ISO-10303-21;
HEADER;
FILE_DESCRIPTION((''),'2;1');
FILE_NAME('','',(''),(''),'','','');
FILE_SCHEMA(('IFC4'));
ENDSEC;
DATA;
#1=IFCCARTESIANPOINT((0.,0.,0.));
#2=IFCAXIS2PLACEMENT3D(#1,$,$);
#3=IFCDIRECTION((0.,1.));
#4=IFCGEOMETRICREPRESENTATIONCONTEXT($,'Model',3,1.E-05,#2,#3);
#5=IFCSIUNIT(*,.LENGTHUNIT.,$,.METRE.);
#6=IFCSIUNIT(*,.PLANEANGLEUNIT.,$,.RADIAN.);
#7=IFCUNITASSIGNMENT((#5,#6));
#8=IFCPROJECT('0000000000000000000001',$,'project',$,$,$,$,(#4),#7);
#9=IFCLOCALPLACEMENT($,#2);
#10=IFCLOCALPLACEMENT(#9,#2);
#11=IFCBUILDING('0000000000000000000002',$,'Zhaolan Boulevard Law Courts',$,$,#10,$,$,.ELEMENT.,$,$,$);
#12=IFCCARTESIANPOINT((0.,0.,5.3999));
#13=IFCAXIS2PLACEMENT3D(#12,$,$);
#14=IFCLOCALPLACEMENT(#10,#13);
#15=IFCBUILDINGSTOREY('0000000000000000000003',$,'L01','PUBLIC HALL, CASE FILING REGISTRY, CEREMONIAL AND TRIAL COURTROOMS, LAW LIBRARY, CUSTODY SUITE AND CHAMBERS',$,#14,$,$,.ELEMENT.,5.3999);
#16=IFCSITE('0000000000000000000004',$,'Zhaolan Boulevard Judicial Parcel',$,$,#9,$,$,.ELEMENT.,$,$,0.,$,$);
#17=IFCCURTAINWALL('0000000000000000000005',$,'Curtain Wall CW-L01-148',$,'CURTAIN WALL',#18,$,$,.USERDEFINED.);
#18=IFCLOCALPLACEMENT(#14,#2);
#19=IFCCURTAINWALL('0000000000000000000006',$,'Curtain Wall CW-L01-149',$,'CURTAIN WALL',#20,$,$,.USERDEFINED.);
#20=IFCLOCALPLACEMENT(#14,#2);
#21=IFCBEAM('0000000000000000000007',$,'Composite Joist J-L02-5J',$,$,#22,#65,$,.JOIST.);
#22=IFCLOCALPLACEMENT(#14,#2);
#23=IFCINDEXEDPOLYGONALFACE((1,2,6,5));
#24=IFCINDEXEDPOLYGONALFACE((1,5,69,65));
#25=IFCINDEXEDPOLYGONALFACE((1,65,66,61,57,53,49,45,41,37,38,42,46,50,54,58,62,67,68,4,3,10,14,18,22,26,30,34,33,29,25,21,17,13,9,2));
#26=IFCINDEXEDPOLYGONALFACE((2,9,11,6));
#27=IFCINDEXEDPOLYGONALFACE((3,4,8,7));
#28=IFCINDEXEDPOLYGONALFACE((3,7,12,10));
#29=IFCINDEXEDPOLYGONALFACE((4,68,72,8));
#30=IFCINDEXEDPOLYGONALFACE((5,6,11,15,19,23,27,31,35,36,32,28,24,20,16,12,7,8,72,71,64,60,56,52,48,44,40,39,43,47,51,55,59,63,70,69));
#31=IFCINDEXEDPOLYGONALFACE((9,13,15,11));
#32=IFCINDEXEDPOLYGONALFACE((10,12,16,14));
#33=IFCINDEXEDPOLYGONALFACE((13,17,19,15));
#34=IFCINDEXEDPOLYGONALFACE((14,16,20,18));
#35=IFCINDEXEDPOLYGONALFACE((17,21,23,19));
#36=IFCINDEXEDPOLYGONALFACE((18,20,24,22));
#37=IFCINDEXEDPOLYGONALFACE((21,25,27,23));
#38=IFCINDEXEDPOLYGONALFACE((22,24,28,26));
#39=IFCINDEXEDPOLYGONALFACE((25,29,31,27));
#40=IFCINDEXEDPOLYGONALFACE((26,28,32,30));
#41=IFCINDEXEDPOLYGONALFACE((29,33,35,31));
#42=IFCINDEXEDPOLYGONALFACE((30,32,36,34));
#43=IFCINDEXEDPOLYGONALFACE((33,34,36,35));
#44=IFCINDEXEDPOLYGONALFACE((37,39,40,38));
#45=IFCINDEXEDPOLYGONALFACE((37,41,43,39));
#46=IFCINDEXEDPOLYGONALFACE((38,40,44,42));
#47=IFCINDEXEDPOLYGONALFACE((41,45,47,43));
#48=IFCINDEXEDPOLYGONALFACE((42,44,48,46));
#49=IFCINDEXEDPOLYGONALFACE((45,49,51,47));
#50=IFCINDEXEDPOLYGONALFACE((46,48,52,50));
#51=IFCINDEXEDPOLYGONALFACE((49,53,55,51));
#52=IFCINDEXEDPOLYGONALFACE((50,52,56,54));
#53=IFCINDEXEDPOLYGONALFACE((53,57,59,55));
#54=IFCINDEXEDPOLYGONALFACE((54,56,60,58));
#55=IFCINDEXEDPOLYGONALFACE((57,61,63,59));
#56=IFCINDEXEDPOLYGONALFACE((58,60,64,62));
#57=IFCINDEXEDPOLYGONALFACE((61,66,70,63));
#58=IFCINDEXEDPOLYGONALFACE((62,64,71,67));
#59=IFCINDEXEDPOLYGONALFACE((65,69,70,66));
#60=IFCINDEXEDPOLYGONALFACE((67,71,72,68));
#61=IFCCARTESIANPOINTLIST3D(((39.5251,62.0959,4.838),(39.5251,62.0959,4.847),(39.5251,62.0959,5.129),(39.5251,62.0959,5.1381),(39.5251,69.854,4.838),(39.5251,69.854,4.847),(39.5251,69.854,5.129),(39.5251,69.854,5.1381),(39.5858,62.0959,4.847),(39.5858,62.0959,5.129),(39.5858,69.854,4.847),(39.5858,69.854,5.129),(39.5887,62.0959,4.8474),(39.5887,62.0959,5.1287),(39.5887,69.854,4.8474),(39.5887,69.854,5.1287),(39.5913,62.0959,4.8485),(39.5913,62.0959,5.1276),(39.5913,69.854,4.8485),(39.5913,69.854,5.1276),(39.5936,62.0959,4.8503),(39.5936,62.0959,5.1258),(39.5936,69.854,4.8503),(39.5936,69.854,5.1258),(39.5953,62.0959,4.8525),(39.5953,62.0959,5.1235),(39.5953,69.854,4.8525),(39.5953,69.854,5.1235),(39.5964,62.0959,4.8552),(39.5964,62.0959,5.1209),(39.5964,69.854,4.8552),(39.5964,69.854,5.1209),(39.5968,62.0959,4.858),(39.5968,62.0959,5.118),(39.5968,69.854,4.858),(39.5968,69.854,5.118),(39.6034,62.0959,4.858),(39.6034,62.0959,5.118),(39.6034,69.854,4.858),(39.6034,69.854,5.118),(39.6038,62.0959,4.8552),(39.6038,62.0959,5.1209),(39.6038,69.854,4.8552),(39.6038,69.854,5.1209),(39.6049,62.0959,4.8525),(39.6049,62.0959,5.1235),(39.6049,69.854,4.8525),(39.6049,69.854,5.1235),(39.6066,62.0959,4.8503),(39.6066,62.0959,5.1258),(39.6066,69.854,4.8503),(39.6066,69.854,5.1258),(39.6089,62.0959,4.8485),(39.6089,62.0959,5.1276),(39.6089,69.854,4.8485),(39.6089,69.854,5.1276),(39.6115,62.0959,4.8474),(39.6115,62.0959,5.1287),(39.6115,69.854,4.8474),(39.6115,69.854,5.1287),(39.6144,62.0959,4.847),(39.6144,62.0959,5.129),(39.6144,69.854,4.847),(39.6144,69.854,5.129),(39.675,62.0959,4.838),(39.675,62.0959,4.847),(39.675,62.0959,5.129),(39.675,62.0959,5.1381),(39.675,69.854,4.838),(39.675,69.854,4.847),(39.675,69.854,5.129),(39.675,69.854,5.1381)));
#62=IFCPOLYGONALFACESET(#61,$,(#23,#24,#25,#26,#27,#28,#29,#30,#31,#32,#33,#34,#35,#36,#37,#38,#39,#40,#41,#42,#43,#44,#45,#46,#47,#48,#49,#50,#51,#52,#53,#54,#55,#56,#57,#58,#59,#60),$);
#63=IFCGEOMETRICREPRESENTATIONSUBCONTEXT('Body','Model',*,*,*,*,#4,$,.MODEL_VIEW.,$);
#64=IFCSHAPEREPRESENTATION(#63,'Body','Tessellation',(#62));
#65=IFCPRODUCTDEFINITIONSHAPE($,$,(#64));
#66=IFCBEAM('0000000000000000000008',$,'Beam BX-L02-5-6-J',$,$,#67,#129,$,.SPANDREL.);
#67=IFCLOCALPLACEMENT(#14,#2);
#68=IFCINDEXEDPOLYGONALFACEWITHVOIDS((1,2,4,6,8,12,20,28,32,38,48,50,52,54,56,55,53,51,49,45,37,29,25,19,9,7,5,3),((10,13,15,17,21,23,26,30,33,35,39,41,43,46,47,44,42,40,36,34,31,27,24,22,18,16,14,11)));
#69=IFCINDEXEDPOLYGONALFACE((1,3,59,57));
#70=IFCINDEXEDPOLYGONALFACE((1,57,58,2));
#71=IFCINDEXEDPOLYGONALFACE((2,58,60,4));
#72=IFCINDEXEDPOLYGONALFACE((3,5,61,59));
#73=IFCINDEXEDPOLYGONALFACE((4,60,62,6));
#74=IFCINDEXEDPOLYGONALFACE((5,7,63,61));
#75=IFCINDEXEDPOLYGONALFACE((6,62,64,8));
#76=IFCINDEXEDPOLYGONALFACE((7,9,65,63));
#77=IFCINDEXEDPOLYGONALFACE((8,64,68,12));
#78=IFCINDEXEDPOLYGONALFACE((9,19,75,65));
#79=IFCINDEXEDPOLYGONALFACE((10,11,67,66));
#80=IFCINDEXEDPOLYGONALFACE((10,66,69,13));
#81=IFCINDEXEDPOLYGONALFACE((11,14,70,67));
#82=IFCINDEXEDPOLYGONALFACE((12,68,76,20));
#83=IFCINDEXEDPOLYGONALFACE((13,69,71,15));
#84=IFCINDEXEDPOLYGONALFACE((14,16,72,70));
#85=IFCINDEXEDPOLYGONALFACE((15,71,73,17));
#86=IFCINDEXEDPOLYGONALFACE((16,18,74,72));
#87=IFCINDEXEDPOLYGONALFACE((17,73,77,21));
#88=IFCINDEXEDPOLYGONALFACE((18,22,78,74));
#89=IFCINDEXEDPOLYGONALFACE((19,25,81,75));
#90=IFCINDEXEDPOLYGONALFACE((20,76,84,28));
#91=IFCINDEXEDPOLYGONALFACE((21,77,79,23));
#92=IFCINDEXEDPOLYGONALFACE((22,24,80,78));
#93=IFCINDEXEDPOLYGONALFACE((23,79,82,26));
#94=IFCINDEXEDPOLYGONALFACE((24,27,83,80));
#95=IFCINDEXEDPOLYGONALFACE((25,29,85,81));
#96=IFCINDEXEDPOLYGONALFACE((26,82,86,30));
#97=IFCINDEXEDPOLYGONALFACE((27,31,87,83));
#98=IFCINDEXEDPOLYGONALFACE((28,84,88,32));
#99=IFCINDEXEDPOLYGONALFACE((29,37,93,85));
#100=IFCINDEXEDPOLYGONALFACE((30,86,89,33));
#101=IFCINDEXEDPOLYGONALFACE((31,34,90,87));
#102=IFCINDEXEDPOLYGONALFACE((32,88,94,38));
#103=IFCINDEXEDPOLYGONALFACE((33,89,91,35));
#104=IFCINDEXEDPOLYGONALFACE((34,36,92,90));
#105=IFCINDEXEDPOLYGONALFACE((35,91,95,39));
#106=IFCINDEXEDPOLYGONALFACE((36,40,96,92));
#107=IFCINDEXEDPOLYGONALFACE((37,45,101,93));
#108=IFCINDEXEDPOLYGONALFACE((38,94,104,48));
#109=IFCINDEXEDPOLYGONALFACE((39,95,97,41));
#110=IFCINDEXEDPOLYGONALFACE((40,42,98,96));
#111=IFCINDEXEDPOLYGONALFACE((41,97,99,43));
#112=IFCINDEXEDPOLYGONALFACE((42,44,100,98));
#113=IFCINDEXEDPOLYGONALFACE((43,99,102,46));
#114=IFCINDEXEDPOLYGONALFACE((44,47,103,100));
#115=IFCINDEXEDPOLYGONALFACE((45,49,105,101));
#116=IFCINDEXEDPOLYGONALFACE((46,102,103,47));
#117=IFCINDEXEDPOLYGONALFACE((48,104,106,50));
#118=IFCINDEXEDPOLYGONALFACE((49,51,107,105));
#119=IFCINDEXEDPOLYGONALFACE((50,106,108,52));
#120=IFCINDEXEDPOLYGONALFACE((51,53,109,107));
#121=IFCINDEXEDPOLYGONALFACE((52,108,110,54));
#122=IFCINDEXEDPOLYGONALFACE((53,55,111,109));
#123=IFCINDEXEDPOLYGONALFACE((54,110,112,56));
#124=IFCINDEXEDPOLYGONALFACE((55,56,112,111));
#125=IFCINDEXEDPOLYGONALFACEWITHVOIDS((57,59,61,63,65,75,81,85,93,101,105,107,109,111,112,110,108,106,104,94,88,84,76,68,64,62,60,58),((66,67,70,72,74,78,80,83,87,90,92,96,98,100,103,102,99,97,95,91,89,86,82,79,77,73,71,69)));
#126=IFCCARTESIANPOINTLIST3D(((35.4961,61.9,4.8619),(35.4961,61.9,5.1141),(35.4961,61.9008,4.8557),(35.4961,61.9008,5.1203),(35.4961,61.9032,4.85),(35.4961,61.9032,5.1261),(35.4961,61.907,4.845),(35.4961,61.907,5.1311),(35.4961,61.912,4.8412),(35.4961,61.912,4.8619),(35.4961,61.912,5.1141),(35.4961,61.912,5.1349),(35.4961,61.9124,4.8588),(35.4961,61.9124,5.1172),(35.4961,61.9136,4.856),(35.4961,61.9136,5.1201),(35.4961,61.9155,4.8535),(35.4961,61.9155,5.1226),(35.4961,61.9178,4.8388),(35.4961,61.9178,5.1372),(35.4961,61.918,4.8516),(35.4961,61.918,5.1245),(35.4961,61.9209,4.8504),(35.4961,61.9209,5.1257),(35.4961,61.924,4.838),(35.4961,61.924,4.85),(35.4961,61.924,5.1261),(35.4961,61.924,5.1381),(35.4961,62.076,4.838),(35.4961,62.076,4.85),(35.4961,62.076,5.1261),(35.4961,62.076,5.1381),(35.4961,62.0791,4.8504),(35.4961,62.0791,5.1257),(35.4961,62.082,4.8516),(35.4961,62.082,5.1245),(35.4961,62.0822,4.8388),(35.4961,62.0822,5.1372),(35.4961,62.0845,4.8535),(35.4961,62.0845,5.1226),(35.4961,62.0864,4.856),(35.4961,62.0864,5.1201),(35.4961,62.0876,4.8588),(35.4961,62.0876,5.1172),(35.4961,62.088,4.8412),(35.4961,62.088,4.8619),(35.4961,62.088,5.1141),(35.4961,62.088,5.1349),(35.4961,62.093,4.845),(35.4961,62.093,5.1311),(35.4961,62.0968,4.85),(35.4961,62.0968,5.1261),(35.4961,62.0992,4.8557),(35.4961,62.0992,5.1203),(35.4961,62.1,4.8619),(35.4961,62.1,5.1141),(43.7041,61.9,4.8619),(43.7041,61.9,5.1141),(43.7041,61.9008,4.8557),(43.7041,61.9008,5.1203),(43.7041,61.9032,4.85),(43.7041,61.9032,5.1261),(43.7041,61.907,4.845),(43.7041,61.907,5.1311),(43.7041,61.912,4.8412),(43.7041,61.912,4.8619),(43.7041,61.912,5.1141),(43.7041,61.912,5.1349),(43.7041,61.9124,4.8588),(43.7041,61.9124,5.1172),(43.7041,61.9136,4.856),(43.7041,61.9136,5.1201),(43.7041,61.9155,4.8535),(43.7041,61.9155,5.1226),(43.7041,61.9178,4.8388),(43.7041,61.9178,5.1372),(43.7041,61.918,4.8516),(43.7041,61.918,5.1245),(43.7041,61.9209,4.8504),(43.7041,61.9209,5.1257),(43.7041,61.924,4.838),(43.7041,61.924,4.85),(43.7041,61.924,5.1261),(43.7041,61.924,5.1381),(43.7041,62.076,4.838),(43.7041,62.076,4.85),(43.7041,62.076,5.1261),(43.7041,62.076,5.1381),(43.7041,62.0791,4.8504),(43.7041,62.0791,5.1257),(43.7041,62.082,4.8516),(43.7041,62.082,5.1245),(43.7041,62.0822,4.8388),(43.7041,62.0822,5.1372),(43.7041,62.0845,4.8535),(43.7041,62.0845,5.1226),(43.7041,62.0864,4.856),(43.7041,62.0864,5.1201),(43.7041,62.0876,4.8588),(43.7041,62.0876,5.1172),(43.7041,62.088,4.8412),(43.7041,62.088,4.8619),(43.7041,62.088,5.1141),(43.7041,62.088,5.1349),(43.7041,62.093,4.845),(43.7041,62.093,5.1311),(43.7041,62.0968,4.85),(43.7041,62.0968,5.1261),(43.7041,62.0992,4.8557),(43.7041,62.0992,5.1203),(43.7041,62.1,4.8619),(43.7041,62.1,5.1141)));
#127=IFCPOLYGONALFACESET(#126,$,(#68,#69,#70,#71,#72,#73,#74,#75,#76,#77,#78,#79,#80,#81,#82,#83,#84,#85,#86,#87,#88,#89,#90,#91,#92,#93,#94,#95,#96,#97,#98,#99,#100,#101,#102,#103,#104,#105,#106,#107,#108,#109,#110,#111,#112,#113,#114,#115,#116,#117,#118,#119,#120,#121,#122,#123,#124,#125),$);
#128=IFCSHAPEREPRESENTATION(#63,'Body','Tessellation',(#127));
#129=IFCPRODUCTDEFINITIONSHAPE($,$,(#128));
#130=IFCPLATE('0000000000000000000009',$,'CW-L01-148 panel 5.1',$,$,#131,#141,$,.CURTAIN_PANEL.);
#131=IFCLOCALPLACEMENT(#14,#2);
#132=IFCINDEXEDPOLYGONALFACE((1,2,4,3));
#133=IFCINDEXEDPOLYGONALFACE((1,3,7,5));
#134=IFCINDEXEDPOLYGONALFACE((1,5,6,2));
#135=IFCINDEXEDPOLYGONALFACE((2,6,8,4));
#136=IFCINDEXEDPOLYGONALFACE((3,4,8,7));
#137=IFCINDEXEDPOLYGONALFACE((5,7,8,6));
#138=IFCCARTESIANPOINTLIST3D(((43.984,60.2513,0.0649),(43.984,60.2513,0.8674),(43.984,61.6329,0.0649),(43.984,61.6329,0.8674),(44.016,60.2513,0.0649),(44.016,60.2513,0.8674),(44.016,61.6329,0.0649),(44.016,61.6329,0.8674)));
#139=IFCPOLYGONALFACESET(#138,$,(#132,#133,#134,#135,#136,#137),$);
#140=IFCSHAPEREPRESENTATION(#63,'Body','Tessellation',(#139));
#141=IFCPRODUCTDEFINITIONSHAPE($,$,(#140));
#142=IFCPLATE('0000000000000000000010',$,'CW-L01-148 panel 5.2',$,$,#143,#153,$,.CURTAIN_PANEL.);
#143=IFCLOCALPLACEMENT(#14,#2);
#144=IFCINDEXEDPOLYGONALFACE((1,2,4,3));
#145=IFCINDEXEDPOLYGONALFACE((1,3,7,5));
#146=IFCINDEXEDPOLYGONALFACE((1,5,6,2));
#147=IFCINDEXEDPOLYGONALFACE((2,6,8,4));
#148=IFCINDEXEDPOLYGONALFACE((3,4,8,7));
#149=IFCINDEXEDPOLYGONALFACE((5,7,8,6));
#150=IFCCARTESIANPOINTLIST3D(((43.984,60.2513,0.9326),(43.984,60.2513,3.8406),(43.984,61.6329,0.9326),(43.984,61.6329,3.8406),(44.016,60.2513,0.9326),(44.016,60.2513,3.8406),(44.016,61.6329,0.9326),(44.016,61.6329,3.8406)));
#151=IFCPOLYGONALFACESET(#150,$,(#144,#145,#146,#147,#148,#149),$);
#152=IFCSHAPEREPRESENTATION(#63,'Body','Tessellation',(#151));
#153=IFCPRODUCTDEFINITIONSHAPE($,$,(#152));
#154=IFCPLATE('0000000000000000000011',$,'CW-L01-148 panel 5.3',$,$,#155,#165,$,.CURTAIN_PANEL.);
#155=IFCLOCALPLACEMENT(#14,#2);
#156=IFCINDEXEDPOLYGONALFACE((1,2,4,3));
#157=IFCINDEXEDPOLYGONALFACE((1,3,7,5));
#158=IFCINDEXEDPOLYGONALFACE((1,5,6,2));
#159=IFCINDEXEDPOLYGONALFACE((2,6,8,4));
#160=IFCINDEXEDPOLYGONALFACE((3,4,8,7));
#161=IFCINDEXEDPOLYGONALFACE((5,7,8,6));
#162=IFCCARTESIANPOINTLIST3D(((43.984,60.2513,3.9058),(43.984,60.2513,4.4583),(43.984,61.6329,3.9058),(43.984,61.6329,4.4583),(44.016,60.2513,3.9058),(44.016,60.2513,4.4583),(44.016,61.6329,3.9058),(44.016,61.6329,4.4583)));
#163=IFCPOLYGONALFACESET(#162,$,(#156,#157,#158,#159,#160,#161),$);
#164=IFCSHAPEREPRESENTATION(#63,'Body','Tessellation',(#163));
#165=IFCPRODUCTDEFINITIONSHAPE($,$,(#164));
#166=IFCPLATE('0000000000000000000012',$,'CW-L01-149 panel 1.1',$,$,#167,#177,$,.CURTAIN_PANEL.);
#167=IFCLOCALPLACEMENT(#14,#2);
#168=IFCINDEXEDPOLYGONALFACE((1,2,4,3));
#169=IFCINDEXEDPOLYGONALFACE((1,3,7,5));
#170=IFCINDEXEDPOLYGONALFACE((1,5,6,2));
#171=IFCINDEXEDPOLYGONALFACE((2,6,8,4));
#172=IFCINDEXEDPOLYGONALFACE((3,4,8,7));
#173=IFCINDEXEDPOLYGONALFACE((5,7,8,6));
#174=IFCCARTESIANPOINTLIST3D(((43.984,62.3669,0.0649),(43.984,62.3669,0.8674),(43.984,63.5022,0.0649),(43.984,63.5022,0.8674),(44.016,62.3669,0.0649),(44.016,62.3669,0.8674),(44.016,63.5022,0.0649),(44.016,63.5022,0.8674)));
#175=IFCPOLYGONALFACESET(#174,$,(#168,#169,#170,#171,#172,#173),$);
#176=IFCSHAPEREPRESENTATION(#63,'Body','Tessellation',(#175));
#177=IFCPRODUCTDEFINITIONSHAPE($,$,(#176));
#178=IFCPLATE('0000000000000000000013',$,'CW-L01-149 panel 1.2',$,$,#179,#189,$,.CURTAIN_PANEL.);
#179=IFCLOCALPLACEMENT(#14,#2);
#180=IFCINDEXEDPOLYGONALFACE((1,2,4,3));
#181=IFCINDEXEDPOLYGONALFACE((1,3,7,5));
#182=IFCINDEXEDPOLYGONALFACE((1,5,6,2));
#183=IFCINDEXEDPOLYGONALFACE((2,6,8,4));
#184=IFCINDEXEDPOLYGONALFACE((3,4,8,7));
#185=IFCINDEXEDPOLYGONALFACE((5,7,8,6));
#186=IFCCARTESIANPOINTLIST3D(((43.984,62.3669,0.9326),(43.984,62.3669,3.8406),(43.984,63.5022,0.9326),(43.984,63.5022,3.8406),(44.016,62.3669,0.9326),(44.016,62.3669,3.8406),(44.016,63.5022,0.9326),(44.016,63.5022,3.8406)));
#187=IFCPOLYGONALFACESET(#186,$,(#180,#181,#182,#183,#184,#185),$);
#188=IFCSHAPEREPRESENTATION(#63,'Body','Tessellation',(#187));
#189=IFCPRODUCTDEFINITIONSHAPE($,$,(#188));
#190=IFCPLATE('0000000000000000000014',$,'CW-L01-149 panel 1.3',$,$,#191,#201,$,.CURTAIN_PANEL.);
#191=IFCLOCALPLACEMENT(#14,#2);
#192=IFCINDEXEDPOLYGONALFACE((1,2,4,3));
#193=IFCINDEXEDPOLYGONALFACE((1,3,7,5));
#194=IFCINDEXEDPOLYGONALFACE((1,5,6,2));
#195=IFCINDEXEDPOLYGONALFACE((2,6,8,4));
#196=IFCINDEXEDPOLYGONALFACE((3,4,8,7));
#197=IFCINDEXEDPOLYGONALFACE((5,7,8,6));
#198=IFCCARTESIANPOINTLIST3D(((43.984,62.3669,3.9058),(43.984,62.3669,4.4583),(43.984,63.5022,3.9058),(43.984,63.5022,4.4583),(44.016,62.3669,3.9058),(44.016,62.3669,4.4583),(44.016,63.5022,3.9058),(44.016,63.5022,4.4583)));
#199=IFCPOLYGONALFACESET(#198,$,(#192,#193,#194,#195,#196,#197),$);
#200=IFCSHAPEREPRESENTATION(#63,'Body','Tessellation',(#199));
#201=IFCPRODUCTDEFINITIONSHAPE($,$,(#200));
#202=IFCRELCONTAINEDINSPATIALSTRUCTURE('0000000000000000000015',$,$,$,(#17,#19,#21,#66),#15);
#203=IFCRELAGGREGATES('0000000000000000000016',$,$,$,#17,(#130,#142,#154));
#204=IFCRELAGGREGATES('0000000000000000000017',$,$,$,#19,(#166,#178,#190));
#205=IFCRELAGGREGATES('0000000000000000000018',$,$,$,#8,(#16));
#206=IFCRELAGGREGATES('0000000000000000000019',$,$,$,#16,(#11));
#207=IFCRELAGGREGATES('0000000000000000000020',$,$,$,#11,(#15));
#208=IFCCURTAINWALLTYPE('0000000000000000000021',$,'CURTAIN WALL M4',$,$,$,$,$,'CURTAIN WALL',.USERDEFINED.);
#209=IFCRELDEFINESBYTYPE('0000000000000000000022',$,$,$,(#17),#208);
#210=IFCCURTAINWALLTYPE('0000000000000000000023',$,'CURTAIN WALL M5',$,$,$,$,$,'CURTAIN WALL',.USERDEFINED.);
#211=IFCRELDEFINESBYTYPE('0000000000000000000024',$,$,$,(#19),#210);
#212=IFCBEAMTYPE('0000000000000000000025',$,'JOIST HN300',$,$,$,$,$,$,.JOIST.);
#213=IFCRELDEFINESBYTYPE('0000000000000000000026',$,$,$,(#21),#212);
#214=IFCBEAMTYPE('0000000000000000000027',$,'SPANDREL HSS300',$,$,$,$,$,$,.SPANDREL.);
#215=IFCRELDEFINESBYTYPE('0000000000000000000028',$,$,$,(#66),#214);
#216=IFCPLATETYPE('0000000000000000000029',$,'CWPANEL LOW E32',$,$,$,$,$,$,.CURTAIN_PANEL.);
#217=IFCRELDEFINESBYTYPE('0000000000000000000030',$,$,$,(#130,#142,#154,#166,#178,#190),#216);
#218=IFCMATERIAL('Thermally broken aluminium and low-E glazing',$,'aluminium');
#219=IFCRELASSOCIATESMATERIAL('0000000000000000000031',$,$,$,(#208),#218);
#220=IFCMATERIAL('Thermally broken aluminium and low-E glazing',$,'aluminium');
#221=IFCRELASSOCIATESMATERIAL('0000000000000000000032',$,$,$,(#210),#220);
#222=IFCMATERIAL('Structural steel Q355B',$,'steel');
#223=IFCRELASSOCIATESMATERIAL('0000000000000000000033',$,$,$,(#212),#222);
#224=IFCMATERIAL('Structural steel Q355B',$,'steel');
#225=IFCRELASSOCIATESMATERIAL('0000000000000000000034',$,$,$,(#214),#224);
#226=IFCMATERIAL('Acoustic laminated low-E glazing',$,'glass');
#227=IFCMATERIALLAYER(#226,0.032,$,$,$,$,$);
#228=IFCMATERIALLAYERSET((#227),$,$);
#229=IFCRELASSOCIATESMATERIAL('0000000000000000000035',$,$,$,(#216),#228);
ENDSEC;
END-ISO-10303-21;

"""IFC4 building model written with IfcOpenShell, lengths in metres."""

from ifc_helpers import new_model, si_unit, direction, frame, origin, origin_2d, place, context, subcontext, project, spatial, rectangle, hollow_rectangle, i_section, extrude, material, layer, layer_set, material_profile, profile_set, type_object, element, aggregate, save


model = new_model("IFC4")

# Units and contexts
model_context = context("Model", 3, precision=1e-05, world=origin(), true_north=direction((0.0, 1.0)))
body_context = subcontext(model_context, "Body", "Model", "MODEL_VIEW")
ifc_project = project(units=[si_unit("LENGTHUNIT", "METRE"), si_unit("PLANEANGLEUNIT", "RADIAN")], contexts=[model_context])

# Site, building, storey
site_placement = place(None, origin())
site = spatial("IfcSite", under=ifc_project, at=site_placement, Name="Zhaolan Boulevard Judicial Parcel", CompositionType="ELEMENT", RefElevation=0.0)
building_placement = place(site_placement, origin())
building = spatial("IfcBuilding", under=site, at=building_placement, Name="Zhaolan Boulevard Law Courts", CompositionType="ELEMENT")
storey_placement = place(building_placement, frame((0.0, 0.0, 5.3999)))
storey = spatial("IfcBuildingStorey", under=building, at=storey_placement, Name="L01", Description="PUBLIC HALL, CASE FILING REGISTRY, CEREMONIAL AND TRIAL COURTROOMS, LAW LIBRARY, CUSTODY SUITE AND CHAMBERS", CompositionType="ELEMENT", Elevation=5.3999)

# Curtain wall
ifc_material_1 = material(Name="Thermally broken aluminium and low-E glazing", Category="aluminium")
curtain_wall_type_1 = type_object("IfcCurtainWallType", Name="CURTAIN WALL M4", ElementType="CURTAIN WALL", PredefinedType="USERDEFINED", material=ifc_material_1)
curtain_wall_1_placement = place(storey_placement, origin())
curtain_wall_1 = element("IfcCurtainWall", 1, at=curtain_wall_1_placement, inside=storey, type_object=curtain_wall_type_1, Name="Curtain Wall CW-L01-148", ObjectType="CURTAIN WALL", PredefinedType="USERDEFINED")

# Curtain wall
ifc_material_2 = material(Name="Thermally broken aluminium and low-E glazing", Category="aluminium")
curtain_wall_type_2 = type_object("IfcCurtainWallType", Name="CURTAIN WALL M5", ElementType="CURTAIN WALL", PredefinedType="USERDEFINED", material=ifc_material_2)
curtain_wall_2_placement = place(storey_placement, origin())
curtain_wall_2 = element("IfcCurtainWall", 2, at=curtain_wall_2_placement, inside=storey, type_object=curtain_wall_type_2, Name="Curtain Wall CW-L01-149", ObjectType="CURTAIN WALL", PredefinedType="USERDEFINED")

# Beams
ifc_material_3 = material(Name="Structural steel Q355B", Category="steel")
ifc_material_profile_1 = material_profile(ifc_material_3, i_section(OverallWidth=0.1499, OverallDepth=0.3, WebThickness=0.0066, FlangeThickness=0.009, FilletRadius=0.011, at=origin_2d()), Name="HN300x150")
ifc_profile_set_1 = profile_set([ifc_material_profile_1], Name="Structural steel Q355B")
beam_type_1 = type_object("IfcBeamType", Name="JOIST HN300", PredefinedType="JOIST", material=ifc_profile_set_1)
beam_1_placement = place(storey_placement, frame((39.6001, 62.0959, 4.988), z_axis=(0.0, 1.0, 0.0), x_axis=(-1.0, 0.0, 0.0)))
element("IfcBeam", 3, at=beam_1_placement, inside=storey, type_object=beam_type_1, Name="Composite Joist J-L02-5J", PredefinedType="JOIST", context=body_context, shape_type="SweptSolid", body=[
    extrude(i_section(OverallWidth=0.1499, OverallDepth=0.3, WebThickness=0.0066, FlangeThickness=0.009, FilletRadius=0.011, at=origin_2d()), origin(), (0.0, 0.0, 1.0), 7.7581),
])
ifc_material_4 = material(Name="Structural steel Q355B", Category="steel")
ifc_material_profile_2 = material_profile(ifc_material_4, hollow_rectangle(XDim=0.2, YDim=0.3, WallThickness=0.012, InnerFilletRadius=0.012, OuterFilletRadius=0.0239, at=origin_2d()), Name="HSS300x200x12")
ifc_profile_set_2 = profile_set([ifc_material_profile_2], Name="Structural steel Q355B")
beam_type_2 = type_object("IfcBeamType", Name="SPANDREL HSS300", PredefinedType="SPANDREL", material=ifc_profile_set_2)
beam_2_placement = place(storey_placement, frame((35.4961, 62.0, 4.988), z_axis=(1.0, 0.0, 0.0), x_axis=(0.0, 1.0, 0.0)))
element("IfcBeam", 4, at=beam_2_placement, inside=storey, type_object=beam_type_2, Name="Beam BX-L02-5-6-J", PredefinedType="SPANDREL", context=body_context, shape_type="SweptSolid", body=[
    extrude(hollow_rectangle(XDim=0.2, YDim=0.3, WallThickness=0.012, InnerFilletRadius=0.012, OuterFilletRadius=0.0239, at=origin_2d()), origin(), (0.0, 0.0, 1.0), 8.208),
])

# Plates
ifc_material_5 = material(Name="Acoustic laminated low-E glazing", Category="glass")
ifc_layer_1 = layer(ifc_material_5, 0.032)
ifc_layer_set_1 = layer_set([ifc_layer_1])
plate_type_1 = type_object("IfcPlateType", Name="CWPANEL LOW E32", PredefinedType="CURTAIN_PANEL", material=ifc_layer_set_1)
plate_1_placement = place(storey_placement, frame((44.0, 60.9421, 0.0649), z_axis=(0.0, 0.0, 1.0), x_axis=(0.0, 1.0, 0.0)))
plate_1 = element("IfcPlate", 5, at=plate_1_placement, type_object=plate_type_1, Name="CW-L01-148 panel 5.1", PredefinedType="CURTAIN_PANEL", context=body_context, shape_type="SweptSolid", body=[
    extrude(rectangle(XDim=1.3816, YDim=0.032, at=origin_2d()), origin(), (0.0, 0.0, 1.0), 0.8025),
])
plate_2_placement = place(storey_placement, frame((44.0, 60.9421, 0.9326), z_axis=(0.0, 0.0, 1.0), x_axis=(0.0, 1.0, 0.0)))
plate_2 = element("IfcPlate", 6, at=plate_2_placement, type_object=plate_type_1, Name="CW-L01-148 panel 5.2", PredefinedType="CURTAIN_PANEL", context=body_context, shape_type="SweptSolid", body=[
    extrude(rectangle(XDim=1.3816, YDim=0.032, at=origin_2d()), origin(), (0.0, 0.0, 1.0), 2.908),
])
plate_3_placement = place(storey_placement, frame((44.0, 60.9421, 3.9058), z_axis=(0.0, 0.0, 1.0), x_axis=(0.0, 1.0, 0.0)))
plate_3 = element("IfcPlate", 7, at=plate_3_placement, type_object=plate_type_1, Name="CW-L01-148 panel 5.3", PredefinedType="CURTAIN_PANEL", context=body_context, shape_type="SweptSolid", body=[
    extrude(rectangle(XDim=1.3816, YDim=0.032, at=origin_2d()), origin(), (0.0, 0.0, 1.0), 0.5525),
])
aggregate(curtain_wall_1, [plate_1, plate_2, plate_3])
plate_4_placement = place(storey_placement, frame((44.0, 62.9346, 0.0649), z_axis=(0.0, 0.0, 1.0), x_axis=(0.0, 1.0, 0.0)))
plate_4 = element("IfcPlate", 8, at=plate_4_placement, type_object=plate_type_1, Name="CW-L01-149 panel 1.1", PredefinedType="CURTAIN_PANEL", context=body_context, shape_type="SweptSolid", body=[
    extrude(rectangle(XDim=1.1353, YDim=0.032, at=origin_2d()), origin(), (0.0, 0.0, 1.0), 0.8025),
])
plate_5_placement = place(storey_placement, frame((44.0, 62.9346, 0.9326), z_axis=(0.0, 0.0, 1.0), x_axis=(0.0, 1.0, 0.0)))
plate_5 = element("IfcPlate", 9, at=plate_5_placement, type_object=plate_type_1, Name="CW-L01-149 panel 1.2", PredefinedType="CURTAIN_PANEL", context=body_context, shape_type="SweptSolid", body=[
    extrude(rectangle(XDim=1.1353, YDim=0.032, at=origin_2d()), origin(), (0.0, 0.0, 1.0), 2.908),
])
plate_6_placement = place(storey_placement, frame((44.0, 62.9346, 3.9058), z_axis=(0.0, 0.0, 1.0), x_axis=(0.0, 1.0, 0.0)))
plate_6 = element("IfcPlate", 10, at=plate_6_placement, type_object=plate_type_1, Name="CW-L01-149 panel 1.3", PredefinedType="CURTAIN_PANEL", context=body_context, shape_type="SweptSolid", body=[
    extrude(rectangle(XDim=1.1353, YDim=0.032, at=origin_2d()), origin(), (0.0, 0.0, 1.0), 0.5525),
])
aggregate(curtain_wall_2, [plate_4, plate_5, plate_6])

save(model, "model.ifc")
